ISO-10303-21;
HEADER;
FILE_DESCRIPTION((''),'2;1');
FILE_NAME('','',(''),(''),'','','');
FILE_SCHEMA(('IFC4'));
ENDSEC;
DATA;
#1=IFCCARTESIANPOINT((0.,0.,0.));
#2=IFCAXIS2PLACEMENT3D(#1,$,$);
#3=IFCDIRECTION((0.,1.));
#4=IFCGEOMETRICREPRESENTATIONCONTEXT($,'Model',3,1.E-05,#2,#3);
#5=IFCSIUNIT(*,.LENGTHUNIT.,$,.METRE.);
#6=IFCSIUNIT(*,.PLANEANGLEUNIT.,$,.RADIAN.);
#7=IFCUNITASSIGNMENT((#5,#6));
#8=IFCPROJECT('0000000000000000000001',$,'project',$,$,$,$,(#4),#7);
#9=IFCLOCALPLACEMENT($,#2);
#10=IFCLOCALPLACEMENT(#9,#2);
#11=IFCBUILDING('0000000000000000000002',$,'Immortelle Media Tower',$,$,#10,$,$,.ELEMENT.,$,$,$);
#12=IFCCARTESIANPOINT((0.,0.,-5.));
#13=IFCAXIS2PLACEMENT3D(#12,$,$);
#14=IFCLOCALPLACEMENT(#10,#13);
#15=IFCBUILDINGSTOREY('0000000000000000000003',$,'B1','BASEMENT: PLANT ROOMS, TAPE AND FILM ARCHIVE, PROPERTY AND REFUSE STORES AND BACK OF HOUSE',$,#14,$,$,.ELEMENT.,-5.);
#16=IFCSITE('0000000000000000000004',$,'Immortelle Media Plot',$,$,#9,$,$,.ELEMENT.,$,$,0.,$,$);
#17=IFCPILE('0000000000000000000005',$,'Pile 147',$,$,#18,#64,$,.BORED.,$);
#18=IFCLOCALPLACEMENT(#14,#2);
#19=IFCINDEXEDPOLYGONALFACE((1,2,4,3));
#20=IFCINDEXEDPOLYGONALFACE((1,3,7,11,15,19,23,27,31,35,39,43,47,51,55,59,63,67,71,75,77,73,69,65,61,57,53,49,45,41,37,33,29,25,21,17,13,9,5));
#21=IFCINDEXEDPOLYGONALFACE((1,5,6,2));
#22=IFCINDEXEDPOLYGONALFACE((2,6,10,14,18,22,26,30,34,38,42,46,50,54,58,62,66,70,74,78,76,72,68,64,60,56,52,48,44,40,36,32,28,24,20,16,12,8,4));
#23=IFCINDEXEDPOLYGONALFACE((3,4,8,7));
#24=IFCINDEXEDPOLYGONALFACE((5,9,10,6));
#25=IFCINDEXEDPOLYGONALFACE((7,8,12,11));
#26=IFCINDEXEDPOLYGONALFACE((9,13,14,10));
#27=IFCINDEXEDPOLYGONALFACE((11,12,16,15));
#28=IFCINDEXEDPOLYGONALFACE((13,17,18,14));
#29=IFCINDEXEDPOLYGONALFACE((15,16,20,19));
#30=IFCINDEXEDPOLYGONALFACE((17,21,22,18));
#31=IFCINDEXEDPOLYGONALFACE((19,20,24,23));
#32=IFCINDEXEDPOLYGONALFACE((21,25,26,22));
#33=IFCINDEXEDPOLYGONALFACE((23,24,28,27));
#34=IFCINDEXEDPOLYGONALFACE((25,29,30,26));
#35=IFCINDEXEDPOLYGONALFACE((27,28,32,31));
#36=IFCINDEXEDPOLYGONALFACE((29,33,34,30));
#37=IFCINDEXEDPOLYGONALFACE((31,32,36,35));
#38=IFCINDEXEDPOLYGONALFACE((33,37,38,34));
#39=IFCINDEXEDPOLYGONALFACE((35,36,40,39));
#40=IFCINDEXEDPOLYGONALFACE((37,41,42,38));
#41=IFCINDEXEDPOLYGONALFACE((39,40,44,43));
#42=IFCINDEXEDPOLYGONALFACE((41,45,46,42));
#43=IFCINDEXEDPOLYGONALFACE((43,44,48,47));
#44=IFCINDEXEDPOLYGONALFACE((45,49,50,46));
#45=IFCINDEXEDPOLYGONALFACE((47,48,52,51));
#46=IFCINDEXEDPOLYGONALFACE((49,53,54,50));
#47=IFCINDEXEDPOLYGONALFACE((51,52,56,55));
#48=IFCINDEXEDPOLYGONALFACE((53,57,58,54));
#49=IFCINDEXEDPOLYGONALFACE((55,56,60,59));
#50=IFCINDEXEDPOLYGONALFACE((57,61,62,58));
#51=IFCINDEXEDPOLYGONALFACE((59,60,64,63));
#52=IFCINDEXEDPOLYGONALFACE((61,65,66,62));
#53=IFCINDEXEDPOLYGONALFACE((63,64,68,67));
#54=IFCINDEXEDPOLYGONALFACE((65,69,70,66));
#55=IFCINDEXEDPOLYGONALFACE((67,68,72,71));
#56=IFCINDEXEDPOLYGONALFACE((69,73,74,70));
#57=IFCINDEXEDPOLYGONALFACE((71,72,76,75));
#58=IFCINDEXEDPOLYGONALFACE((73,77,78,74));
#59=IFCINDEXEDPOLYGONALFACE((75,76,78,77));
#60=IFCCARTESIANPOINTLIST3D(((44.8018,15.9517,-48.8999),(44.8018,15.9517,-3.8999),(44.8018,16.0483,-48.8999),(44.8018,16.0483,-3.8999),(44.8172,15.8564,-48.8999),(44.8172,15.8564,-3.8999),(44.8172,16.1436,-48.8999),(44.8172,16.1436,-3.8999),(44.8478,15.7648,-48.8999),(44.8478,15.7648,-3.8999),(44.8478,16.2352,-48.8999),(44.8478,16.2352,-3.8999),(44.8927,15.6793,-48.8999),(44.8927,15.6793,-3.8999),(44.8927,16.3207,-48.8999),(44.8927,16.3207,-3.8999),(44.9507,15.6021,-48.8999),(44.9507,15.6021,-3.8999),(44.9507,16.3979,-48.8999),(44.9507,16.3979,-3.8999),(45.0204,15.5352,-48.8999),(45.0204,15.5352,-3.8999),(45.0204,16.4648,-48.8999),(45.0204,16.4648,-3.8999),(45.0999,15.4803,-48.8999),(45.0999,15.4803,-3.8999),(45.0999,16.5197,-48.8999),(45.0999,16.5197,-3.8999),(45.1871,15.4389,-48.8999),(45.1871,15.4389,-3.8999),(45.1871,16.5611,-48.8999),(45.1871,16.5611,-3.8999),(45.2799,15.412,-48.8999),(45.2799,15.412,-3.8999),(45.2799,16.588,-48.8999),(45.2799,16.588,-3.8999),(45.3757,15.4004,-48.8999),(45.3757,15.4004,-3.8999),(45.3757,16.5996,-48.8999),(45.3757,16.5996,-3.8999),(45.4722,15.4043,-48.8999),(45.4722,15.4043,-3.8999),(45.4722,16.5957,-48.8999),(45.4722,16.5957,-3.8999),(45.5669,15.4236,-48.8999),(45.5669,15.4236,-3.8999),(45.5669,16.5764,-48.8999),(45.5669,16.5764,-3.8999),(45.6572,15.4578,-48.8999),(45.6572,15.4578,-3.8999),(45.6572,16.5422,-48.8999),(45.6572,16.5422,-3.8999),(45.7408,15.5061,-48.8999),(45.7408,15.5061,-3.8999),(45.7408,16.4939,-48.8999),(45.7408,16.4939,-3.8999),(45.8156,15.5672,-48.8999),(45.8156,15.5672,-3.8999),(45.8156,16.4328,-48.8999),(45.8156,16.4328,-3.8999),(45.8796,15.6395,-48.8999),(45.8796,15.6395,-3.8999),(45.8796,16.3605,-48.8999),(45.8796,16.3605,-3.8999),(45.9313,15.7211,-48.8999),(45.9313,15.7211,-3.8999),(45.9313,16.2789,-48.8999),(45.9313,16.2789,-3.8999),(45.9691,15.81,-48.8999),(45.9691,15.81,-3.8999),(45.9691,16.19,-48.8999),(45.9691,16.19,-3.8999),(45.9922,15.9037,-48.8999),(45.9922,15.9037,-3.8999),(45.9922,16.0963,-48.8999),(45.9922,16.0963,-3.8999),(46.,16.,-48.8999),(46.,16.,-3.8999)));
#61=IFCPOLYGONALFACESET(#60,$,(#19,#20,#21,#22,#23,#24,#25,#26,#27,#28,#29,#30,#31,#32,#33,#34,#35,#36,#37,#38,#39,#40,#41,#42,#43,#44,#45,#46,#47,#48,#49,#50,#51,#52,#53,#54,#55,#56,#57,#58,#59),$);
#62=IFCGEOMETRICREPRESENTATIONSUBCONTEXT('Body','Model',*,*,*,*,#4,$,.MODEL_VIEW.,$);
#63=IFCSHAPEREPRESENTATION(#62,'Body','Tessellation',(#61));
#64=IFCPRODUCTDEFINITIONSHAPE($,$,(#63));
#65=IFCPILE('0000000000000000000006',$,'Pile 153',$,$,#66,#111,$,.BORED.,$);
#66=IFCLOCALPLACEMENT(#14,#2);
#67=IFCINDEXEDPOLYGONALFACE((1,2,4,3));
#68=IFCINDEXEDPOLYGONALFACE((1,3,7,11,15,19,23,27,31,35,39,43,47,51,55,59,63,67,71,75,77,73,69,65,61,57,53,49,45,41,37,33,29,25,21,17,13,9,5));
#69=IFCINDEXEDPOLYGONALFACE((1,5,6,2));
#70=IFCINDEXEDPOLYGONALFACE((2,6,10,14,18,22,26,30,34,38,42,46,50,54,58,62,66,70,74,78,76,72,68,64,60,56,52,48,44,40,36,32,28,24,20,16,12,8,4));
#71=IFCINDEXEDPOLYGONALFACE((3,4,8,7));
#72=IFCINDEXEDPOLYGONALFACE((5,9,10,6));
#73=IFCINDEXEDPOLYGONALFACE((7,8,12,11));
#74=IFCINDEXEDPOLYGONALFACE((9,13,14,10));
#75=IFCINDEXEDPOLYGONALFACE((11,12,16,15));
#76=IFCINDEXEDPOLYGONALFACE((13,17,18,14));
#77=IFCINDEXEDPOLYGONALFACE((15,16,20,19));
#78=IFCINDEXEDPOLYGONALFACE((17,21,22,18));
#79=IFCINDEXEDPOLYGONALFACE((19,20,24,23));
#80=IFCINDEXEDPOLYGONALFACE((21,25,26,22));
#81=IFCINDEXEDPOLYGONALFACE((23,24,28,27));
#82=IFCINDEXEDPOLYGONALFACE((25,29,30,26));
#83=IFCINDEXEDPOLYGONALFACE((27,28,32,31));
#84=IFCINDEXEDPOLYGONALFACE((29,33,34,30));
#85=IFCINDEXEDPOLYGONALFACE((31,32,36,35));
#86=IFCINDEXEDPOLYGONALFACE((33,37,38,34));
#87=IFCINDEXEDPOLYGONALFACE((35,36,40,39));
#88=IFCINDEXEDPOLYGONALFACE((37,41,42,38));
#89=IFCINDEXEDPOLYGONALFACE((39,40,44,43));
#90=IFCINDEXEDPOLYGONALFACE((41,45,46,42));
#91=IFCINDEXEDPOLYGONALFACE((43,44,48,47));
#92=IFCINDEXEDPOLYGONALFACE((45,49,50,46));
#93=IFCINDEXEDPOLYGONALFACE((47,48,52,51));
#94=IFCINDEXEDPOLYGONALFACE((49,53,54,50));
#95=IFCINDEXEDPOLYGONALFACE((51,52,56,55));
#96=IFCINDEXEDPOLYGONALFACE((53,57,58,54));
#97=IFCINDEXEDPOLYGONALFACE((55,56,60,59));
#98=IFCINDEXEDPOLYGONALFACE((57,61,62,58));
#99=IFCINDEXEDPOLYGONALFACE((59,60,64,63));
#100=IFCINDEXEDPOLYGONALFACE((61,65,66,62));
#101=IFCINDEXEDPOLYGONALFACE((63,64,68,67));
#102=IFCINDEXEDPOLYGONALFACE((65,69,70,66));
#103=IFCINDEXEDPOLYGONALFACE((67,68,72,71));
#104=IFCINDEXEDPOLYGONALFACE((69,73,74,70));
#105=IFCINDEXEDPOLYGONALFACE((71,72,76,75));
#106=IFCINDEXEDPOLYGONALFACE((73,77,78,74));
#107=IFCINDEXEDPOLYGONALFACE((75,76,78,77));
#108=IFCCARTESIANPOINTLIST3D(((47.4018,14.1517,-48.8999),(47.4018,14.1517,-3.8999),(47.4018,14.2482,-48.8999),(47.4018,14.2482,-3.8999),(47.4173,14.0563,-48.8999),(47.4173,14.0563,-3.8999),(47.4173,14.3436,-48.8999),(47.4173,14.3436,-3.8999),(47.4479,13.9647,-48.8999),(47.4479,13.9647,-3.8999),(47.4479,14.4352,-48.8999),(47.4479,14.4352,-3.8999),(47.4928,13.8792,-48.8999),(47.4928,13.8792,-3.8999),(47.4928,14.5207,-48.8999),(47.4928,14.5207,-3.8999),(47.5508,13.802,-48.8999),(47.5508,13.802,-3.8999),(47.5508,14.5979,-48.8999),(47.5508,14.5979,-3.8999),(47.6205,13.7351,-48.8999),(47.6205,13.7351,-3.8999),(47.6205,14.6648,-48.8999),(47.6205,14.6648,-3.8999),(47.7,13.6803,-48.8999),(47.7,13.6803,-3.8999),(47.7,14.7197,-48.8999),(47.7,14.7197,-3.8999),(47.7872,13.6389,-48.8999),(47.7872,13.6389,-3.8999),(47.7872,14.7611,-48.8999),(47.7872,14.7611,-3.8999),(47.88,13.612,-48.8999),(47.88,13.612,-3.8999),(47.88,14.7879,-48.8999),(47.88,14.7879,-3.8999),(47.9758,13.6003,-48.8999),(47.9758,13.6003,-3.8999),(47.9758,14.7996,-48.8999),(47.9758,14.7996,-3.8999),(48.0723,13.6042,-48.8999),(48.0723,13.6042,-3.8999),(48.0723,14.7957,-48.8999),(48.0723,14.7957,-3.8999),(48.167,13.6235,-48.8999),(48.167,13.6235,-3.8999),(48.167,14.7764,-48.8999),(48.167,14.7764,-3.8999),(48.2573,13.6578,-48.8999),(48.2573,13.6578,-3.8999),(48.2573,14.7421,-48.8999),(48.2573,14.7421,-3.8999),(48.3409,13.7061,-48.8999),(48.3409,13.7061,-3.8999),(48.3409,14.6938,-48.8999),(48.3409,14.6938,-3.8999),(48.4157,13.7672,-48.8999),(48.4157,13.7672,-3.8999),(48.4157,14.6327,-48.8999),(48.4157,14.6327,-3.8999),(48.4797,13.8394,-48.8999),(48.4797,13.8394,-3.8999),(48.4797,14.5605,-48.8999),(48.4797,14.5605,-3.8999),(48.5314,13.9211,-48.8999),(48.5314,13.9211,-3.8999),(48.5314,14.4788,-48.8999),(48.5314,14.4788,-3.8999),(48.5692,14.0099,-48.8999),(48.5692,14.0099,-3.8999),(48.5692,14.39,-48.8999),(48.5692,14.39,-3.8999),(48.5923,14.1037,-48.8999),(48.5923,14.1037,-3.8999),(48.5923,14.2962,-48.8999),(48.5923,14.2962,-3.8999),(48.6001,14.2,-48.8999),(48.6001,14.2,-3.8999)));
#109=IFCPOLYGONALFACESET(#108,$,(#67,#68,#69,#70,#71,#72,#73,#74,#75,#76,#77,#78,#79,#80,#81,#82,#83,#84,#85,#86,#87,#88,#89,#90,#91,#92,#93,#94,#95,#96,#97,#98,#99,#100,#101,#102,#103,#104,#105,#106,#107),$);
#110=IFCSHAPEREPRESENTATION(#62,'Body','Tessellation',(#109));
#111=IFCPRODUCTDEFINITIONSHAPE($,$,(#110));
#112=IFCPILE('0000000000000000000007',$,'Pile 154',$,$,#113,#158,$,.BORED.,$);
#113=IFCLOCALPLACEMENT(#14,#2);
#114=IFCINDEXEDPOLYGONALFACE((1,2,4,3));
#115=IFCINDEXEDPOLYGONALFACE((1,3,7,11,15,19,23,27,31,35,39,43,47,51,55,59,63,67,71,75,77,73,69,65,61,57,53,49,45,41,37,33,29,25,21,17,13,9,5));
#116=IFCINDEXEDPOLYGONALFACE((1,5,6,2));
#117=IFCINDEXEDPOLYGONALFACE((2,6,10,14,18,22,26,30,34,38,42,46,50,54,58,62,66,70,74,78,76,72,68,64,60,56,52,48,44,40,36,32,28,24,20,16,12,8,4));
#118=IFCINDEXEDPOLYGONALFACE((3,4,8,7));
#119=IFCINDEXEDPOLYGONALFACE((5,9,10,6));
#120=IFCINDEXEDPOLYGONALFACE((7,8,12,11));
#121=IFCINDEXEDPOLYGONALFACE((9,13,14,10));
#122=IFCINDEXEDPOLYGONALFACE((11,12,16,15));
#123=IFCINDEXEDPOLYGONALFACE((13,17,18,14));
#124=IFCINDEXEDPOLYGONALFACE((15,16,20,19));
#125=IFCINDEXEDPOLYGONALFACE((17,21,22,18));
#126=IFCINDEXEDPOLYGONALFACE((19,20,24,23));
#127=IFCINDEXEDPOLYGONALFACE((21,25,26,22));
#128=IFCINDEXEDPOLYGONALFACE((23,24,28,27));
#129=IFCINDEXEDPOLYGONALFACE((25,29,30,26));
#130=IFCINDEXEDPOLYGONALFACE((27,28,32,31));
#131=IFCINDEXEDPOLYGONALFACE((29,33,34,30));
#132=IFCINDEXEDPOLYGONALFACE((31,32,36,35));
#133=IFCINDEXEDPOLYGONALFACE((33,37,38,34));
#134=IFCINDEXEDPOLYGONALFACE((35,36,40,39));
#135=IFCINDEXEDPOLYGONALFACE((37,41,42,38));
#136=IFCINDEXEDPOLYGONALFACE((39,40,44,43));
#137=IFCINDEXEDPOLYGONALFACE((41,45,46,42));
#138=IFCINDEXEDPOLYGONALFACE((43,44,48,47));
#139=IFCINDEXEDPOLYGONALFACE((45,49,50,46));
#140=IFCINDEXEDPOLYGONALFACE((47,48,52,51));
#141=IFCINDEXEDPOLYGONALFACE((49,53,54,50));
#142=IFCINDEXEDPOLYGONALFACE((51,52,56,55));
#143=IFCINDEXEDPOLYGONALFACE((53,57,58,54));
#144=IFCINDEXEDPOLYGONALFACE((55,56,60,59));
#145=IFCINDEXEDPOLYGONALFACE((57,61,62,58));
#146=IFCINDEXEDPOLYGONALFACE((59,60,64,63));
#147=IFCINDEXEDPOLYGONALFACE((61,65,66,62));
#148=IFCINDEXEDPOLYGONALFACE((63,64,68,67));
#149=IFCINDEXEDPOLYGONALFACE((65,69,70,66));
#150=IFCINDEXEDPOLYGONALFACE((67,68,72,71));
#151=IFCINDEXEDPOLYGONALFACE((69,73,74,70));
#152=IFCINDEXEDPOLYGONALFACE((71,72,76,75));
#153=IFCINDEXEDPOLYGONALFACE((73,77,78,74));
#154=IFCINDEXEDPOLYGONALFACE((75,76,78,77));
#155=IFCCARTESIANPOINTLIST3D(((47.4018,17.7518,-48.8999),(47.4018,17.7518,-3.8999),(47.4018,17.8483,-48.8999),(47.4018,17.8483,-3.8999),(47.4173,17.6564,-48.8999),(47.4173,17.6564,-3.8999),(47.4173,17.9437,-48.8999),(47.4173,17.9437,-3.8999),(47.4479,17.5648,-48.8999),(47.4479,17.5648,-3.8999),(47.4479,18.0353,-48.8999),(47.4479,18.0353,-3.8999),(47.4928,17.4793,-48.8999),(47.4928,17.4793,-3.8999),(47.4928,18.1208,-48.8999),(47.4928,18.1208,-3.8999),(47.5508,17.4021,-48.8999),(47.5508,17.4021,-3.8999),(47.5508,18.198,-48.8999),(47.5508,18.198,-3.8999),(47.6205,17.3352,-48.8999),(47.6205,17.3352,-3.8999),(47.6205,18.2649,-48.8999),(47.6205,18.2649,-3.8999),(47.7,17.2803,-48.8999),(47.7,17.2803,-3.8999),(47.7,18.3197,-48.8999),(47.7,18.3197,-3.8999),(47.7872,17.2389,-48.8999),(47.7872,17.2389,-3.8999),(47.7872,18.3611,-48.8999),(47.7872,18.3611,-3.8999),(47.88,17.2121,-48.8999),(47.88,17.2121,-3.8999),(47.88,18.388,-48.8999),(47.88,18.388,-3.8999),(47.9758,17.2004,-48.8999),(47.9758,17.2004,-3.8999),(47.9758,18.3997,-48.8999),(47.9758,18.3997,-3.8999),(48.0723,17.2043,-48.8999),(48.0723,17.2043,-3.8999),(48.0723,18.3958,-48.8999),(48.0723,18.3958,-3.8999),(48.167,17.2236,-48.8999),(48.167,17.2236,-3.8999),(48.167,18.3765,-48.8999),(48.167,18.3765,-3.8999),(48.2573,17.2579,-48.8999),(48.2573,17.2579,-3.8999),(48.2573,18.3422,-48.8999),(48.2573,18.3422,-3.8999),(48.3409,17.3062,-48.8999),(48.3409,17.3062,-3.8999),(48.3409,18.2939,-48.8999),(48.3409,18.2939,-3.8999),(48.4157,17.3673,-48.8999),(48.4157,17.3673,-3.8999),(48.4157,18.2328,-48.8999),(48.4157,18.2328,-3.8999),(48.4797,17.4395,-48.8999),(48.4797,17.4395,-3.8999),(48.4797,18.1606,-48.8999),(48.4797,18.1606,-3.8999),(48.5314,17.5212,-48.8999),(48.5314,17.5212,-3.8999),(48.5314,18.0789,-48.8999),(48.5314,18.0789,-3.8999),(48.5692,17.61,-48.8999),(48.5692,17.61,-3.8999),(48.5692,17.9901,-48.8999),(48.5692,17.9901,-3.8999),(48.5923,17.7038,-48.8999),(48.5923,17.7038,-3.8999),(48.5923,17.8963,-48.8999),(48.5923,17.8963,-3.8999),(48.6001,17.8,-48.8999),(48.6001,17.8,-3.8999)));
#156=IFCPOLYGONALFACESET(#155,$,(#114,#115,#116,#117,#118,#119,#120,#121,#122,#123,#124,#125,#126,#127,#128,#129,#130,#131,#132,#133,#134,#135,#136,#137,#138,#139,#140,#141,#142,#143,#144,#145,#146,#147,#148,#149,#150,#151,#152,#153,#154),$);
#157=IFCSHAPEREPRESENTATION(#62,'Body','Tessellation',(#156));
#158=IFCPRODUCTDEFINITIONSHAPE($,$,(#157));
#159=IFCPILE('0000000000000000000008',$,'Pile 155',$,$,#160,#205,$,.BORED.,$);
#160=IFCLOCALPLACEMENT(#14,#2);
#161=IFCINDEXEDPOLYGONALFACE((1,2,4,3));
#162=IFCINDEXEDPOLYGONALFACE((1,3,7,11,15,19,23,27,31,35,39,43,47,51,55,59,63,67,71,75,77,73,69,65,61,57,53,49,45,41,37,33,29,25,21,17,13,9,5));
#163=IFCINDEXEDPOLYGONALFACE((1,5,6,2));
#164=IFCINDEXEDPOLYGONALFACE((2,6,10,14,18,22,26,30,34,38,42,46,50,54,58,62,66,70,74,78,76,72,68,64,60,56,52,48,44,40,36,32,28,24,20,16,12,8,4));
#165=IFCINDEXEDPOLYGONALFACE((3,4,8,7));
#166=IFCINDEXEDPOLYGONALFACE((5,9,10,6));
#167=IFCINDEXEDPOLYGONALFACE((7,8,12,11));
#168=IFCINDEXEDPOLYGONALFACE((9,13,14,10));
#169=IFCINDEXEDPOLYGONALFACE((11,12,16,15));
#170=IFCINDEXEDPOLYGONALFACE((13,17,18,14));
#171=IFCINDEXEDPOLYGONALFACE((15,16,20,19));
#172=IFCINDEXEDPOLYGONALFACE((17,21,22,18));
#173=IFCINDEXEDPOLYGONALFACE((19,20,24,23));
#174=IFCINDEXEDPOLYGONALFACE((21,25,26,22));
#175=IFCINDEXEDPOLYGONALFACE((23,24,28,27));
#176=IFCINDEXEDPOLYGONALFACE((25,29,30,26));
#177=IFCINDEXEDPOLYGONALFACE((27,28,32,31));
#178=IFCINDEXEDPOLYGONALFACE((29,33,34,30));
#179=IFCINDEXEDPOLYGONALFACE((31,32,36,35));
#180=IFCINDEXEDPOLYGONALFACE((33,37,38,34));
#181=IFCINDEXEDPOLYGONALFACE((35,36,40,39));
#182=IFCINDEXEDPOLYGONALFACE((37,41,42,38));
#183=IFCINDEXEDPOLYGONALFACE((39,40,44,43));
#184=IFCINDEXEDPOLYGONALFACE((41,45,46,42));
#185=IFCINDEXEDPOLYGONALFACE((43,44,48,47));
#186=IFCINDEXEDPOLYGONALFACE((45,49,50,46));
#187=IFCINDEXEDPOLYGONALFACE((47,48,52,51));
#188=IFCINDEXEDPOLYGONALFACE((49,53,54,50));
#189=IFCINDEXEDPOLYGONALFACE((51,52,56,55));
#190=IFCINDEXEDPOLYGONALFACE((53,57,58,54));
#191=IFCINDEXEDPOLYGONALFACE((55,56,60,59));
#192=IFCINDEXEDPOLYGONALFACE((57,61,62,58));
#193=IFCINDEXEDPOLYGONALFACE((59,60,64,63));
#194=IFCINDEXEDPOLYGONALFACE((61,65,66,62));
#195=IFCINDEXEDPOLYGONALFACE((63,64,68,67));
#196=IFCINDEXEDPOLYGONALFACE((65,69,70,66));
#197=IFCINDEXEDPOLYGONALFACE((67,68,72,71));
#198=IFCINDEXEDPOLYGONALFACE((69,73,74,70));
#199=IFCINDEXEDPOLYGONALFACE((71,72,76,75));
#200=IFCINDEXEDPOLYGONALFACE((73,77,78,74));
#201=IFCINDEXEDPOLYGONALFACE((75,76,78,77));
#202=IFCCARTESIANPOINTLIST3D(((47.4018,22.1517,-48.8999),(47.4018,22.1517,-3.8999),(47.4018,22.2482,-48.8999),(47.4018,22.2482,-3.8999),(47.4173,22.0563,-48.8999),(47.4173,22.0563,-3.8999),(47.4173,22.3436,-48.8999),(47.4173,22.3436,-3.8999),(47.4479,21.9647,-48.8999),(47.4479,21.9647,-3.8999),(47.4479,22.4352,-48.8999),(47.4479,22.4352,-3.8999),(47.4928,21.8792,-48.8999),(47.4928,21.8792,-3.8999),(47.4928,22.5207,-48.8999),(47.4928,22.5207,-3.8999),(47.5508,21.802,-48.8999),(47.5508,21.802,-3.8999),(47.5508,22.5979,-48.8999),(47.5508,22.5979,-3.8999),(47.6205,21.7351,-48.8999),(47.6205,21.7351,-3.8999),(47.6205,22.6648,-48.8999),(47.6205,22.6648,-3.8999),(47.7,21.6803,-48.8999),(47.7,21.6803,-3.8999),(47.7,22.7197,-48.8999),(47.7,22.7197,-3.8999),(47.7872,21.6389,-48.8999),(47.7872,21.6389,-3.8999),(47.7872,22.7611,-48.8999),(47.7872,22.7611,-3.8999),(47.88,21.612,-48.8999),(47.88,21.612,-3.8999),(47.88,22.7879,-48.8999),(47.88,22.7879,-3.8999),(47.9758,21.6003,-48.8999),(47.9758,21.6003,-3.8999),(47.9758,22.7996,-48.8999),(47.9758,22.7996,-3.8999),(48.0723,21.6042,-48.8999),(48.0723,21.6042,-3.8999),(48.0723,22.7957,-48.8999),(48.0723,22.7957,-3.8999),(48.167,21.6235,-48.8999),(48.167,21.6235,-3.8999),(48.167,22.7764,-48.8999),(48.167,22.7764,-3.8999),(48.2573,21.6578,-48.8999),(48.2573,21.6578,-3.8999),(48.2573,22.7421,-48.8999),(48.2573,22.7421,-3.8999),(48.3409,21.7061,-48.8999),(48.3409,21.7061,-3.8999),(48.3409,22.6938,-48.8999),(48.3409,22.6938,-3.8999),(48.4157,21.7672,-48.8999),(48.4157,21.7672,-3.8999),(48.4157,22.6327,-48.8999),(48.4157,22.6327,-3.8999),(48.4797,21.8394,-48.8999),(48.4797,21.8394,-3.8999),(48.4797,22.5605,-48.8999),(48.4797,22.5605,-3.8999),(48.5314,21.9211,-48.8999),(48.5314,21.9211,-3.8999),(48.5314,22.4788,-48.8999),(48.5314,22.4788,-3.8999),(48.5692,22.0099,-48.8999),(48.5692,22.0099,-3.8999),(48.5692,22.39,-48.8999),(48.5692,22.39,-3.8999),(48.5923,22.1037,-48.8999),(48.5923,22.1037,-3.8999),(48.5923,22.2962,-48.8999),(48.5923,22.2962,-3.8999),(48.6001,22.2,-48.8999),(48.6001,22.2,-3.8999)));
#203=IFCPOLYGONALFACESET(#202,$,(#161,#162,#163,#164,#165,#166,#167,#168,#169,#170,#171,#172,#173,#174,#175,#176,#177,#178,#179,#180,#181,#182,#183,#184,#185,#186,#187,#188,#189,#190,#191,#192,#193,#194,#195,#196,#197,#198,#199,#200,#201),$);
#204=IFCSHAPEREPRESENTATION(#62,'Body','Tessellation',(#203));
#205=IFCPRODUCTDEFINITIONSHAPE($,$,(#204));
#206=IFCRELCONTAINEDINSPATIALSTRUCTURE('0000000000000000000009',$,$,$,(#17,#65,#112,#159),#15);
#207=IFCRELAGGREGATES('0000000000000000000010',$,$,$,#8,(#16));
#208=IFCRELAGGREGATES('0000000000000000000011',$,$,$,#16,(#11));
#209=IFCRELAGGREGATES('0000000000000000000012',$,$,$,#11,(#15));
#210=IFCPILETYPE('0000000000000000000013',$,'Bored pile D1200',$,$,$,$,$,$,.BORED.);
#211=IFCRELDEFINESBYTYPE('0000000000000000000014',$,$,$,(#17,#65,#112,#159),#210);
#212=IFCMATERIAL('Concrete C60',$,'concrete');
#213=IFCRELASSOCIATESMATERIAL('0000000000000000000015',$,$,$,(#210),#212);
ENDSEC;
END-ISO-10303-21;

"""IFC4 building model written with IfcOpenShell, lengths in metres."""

from ifc_helpers import new_model, si_unit, direction, frame, origin, origin_2d, place, context, subcontext, project, spatial, circle, extrude, material, material_profile, profile_set, type_object, element, save


model = new_model("IFC4")

# Units and contexts
model_context = context("Model", 3, precision=1e-05, world=origin(), true_north=direction((0.0, 1.0)))
body_context = subcontext(model_context, "Body", "Model", "MODEL_VIEW")
ifc_project = project(units=[si_unit("LENGTHUNIT", "METRE"), si_unit("PLANEANGLEUNIT", "RADIAN")], contexts=[model_context])

# Site, building, storey
site_placement = place(None, origin())
site = spatial("IfcSite", under=ifc_project, at=site_placement, Name="Immortelle Media Plot", CompositionType="ELEMENT", RefElevation=0.0)
building_placement = place(site_placement, origin())
building = spatial("IfcBuilding", under=site, at=building_placement, Name="Immortelle Media Tower", CompositionType="ELEMENT")
storey_placement = place(building_placement, frame((0.0, 0.0, -5.0)))
storey = spatial("IfcBuildingStorey", under=building, at=storey_placement, Name="B1", Description="BASEMENT: PLANT ROOMS, TAPE AND FILM ARCHIVE, PROPERTY AND REFUSE STORES AND BACK OF HOUSE", CompositionType="ELEMENT", Elevation=-5.0)

# Piles
ifc_material_1 = material(Name="Concrete C60", Category="concrete")
ifc_material_profile_1 = material_profile(ifc_material_1, circle(Radius=0.6001, at=origin_2d()), Name="Bored pile D1200")
ifc_profile_set_1 = profile_set([ifc_material_profile_1], Name="Concrete C60")
pile_type = type_object("IfcPileType", Name="Bored pile D1200", PredefinedType="BORED", material=ifc_profile_set_1)
for number, where, z_axis, x_axis, name in (
    (1, (45.3999, 16.0, -3.8999), (0.0, 0.0, -1.0), (1.0, 0.0, 0.0), "Pile 147"),
    (2, (48.0, 14.2, -3.8999), (0.0, 0.0, -1.0), (1.0, 0.0, 0.0), "Pile 153"),
    (3, (48.0, 17.8, -3.8999), (0.0, 0.0, -1.0), (1.0, 0.0, 0.0), "Pile 154"),
    (4, (48.0, 22.2, -3.8999), (0.0, 0.0, -1.0), (1.0, 0.0, 0.0), "Pile 155"),
):
    element("IfcPile", number, at=place(storey_placement, frame(where, z_axis=z_axis, x_axis=x_axis)), inside=storey, type_object=pile_type, Name=name, PredefinedType="BORED", context=body_context, shape_type="SweptSolid", body=[
        extrude(circle(Radius=0.6001, at=origin_2d()), origin(), (0.0, 0.0, 1.0), 45.0),
    ])

save(model, "model.ifc")
